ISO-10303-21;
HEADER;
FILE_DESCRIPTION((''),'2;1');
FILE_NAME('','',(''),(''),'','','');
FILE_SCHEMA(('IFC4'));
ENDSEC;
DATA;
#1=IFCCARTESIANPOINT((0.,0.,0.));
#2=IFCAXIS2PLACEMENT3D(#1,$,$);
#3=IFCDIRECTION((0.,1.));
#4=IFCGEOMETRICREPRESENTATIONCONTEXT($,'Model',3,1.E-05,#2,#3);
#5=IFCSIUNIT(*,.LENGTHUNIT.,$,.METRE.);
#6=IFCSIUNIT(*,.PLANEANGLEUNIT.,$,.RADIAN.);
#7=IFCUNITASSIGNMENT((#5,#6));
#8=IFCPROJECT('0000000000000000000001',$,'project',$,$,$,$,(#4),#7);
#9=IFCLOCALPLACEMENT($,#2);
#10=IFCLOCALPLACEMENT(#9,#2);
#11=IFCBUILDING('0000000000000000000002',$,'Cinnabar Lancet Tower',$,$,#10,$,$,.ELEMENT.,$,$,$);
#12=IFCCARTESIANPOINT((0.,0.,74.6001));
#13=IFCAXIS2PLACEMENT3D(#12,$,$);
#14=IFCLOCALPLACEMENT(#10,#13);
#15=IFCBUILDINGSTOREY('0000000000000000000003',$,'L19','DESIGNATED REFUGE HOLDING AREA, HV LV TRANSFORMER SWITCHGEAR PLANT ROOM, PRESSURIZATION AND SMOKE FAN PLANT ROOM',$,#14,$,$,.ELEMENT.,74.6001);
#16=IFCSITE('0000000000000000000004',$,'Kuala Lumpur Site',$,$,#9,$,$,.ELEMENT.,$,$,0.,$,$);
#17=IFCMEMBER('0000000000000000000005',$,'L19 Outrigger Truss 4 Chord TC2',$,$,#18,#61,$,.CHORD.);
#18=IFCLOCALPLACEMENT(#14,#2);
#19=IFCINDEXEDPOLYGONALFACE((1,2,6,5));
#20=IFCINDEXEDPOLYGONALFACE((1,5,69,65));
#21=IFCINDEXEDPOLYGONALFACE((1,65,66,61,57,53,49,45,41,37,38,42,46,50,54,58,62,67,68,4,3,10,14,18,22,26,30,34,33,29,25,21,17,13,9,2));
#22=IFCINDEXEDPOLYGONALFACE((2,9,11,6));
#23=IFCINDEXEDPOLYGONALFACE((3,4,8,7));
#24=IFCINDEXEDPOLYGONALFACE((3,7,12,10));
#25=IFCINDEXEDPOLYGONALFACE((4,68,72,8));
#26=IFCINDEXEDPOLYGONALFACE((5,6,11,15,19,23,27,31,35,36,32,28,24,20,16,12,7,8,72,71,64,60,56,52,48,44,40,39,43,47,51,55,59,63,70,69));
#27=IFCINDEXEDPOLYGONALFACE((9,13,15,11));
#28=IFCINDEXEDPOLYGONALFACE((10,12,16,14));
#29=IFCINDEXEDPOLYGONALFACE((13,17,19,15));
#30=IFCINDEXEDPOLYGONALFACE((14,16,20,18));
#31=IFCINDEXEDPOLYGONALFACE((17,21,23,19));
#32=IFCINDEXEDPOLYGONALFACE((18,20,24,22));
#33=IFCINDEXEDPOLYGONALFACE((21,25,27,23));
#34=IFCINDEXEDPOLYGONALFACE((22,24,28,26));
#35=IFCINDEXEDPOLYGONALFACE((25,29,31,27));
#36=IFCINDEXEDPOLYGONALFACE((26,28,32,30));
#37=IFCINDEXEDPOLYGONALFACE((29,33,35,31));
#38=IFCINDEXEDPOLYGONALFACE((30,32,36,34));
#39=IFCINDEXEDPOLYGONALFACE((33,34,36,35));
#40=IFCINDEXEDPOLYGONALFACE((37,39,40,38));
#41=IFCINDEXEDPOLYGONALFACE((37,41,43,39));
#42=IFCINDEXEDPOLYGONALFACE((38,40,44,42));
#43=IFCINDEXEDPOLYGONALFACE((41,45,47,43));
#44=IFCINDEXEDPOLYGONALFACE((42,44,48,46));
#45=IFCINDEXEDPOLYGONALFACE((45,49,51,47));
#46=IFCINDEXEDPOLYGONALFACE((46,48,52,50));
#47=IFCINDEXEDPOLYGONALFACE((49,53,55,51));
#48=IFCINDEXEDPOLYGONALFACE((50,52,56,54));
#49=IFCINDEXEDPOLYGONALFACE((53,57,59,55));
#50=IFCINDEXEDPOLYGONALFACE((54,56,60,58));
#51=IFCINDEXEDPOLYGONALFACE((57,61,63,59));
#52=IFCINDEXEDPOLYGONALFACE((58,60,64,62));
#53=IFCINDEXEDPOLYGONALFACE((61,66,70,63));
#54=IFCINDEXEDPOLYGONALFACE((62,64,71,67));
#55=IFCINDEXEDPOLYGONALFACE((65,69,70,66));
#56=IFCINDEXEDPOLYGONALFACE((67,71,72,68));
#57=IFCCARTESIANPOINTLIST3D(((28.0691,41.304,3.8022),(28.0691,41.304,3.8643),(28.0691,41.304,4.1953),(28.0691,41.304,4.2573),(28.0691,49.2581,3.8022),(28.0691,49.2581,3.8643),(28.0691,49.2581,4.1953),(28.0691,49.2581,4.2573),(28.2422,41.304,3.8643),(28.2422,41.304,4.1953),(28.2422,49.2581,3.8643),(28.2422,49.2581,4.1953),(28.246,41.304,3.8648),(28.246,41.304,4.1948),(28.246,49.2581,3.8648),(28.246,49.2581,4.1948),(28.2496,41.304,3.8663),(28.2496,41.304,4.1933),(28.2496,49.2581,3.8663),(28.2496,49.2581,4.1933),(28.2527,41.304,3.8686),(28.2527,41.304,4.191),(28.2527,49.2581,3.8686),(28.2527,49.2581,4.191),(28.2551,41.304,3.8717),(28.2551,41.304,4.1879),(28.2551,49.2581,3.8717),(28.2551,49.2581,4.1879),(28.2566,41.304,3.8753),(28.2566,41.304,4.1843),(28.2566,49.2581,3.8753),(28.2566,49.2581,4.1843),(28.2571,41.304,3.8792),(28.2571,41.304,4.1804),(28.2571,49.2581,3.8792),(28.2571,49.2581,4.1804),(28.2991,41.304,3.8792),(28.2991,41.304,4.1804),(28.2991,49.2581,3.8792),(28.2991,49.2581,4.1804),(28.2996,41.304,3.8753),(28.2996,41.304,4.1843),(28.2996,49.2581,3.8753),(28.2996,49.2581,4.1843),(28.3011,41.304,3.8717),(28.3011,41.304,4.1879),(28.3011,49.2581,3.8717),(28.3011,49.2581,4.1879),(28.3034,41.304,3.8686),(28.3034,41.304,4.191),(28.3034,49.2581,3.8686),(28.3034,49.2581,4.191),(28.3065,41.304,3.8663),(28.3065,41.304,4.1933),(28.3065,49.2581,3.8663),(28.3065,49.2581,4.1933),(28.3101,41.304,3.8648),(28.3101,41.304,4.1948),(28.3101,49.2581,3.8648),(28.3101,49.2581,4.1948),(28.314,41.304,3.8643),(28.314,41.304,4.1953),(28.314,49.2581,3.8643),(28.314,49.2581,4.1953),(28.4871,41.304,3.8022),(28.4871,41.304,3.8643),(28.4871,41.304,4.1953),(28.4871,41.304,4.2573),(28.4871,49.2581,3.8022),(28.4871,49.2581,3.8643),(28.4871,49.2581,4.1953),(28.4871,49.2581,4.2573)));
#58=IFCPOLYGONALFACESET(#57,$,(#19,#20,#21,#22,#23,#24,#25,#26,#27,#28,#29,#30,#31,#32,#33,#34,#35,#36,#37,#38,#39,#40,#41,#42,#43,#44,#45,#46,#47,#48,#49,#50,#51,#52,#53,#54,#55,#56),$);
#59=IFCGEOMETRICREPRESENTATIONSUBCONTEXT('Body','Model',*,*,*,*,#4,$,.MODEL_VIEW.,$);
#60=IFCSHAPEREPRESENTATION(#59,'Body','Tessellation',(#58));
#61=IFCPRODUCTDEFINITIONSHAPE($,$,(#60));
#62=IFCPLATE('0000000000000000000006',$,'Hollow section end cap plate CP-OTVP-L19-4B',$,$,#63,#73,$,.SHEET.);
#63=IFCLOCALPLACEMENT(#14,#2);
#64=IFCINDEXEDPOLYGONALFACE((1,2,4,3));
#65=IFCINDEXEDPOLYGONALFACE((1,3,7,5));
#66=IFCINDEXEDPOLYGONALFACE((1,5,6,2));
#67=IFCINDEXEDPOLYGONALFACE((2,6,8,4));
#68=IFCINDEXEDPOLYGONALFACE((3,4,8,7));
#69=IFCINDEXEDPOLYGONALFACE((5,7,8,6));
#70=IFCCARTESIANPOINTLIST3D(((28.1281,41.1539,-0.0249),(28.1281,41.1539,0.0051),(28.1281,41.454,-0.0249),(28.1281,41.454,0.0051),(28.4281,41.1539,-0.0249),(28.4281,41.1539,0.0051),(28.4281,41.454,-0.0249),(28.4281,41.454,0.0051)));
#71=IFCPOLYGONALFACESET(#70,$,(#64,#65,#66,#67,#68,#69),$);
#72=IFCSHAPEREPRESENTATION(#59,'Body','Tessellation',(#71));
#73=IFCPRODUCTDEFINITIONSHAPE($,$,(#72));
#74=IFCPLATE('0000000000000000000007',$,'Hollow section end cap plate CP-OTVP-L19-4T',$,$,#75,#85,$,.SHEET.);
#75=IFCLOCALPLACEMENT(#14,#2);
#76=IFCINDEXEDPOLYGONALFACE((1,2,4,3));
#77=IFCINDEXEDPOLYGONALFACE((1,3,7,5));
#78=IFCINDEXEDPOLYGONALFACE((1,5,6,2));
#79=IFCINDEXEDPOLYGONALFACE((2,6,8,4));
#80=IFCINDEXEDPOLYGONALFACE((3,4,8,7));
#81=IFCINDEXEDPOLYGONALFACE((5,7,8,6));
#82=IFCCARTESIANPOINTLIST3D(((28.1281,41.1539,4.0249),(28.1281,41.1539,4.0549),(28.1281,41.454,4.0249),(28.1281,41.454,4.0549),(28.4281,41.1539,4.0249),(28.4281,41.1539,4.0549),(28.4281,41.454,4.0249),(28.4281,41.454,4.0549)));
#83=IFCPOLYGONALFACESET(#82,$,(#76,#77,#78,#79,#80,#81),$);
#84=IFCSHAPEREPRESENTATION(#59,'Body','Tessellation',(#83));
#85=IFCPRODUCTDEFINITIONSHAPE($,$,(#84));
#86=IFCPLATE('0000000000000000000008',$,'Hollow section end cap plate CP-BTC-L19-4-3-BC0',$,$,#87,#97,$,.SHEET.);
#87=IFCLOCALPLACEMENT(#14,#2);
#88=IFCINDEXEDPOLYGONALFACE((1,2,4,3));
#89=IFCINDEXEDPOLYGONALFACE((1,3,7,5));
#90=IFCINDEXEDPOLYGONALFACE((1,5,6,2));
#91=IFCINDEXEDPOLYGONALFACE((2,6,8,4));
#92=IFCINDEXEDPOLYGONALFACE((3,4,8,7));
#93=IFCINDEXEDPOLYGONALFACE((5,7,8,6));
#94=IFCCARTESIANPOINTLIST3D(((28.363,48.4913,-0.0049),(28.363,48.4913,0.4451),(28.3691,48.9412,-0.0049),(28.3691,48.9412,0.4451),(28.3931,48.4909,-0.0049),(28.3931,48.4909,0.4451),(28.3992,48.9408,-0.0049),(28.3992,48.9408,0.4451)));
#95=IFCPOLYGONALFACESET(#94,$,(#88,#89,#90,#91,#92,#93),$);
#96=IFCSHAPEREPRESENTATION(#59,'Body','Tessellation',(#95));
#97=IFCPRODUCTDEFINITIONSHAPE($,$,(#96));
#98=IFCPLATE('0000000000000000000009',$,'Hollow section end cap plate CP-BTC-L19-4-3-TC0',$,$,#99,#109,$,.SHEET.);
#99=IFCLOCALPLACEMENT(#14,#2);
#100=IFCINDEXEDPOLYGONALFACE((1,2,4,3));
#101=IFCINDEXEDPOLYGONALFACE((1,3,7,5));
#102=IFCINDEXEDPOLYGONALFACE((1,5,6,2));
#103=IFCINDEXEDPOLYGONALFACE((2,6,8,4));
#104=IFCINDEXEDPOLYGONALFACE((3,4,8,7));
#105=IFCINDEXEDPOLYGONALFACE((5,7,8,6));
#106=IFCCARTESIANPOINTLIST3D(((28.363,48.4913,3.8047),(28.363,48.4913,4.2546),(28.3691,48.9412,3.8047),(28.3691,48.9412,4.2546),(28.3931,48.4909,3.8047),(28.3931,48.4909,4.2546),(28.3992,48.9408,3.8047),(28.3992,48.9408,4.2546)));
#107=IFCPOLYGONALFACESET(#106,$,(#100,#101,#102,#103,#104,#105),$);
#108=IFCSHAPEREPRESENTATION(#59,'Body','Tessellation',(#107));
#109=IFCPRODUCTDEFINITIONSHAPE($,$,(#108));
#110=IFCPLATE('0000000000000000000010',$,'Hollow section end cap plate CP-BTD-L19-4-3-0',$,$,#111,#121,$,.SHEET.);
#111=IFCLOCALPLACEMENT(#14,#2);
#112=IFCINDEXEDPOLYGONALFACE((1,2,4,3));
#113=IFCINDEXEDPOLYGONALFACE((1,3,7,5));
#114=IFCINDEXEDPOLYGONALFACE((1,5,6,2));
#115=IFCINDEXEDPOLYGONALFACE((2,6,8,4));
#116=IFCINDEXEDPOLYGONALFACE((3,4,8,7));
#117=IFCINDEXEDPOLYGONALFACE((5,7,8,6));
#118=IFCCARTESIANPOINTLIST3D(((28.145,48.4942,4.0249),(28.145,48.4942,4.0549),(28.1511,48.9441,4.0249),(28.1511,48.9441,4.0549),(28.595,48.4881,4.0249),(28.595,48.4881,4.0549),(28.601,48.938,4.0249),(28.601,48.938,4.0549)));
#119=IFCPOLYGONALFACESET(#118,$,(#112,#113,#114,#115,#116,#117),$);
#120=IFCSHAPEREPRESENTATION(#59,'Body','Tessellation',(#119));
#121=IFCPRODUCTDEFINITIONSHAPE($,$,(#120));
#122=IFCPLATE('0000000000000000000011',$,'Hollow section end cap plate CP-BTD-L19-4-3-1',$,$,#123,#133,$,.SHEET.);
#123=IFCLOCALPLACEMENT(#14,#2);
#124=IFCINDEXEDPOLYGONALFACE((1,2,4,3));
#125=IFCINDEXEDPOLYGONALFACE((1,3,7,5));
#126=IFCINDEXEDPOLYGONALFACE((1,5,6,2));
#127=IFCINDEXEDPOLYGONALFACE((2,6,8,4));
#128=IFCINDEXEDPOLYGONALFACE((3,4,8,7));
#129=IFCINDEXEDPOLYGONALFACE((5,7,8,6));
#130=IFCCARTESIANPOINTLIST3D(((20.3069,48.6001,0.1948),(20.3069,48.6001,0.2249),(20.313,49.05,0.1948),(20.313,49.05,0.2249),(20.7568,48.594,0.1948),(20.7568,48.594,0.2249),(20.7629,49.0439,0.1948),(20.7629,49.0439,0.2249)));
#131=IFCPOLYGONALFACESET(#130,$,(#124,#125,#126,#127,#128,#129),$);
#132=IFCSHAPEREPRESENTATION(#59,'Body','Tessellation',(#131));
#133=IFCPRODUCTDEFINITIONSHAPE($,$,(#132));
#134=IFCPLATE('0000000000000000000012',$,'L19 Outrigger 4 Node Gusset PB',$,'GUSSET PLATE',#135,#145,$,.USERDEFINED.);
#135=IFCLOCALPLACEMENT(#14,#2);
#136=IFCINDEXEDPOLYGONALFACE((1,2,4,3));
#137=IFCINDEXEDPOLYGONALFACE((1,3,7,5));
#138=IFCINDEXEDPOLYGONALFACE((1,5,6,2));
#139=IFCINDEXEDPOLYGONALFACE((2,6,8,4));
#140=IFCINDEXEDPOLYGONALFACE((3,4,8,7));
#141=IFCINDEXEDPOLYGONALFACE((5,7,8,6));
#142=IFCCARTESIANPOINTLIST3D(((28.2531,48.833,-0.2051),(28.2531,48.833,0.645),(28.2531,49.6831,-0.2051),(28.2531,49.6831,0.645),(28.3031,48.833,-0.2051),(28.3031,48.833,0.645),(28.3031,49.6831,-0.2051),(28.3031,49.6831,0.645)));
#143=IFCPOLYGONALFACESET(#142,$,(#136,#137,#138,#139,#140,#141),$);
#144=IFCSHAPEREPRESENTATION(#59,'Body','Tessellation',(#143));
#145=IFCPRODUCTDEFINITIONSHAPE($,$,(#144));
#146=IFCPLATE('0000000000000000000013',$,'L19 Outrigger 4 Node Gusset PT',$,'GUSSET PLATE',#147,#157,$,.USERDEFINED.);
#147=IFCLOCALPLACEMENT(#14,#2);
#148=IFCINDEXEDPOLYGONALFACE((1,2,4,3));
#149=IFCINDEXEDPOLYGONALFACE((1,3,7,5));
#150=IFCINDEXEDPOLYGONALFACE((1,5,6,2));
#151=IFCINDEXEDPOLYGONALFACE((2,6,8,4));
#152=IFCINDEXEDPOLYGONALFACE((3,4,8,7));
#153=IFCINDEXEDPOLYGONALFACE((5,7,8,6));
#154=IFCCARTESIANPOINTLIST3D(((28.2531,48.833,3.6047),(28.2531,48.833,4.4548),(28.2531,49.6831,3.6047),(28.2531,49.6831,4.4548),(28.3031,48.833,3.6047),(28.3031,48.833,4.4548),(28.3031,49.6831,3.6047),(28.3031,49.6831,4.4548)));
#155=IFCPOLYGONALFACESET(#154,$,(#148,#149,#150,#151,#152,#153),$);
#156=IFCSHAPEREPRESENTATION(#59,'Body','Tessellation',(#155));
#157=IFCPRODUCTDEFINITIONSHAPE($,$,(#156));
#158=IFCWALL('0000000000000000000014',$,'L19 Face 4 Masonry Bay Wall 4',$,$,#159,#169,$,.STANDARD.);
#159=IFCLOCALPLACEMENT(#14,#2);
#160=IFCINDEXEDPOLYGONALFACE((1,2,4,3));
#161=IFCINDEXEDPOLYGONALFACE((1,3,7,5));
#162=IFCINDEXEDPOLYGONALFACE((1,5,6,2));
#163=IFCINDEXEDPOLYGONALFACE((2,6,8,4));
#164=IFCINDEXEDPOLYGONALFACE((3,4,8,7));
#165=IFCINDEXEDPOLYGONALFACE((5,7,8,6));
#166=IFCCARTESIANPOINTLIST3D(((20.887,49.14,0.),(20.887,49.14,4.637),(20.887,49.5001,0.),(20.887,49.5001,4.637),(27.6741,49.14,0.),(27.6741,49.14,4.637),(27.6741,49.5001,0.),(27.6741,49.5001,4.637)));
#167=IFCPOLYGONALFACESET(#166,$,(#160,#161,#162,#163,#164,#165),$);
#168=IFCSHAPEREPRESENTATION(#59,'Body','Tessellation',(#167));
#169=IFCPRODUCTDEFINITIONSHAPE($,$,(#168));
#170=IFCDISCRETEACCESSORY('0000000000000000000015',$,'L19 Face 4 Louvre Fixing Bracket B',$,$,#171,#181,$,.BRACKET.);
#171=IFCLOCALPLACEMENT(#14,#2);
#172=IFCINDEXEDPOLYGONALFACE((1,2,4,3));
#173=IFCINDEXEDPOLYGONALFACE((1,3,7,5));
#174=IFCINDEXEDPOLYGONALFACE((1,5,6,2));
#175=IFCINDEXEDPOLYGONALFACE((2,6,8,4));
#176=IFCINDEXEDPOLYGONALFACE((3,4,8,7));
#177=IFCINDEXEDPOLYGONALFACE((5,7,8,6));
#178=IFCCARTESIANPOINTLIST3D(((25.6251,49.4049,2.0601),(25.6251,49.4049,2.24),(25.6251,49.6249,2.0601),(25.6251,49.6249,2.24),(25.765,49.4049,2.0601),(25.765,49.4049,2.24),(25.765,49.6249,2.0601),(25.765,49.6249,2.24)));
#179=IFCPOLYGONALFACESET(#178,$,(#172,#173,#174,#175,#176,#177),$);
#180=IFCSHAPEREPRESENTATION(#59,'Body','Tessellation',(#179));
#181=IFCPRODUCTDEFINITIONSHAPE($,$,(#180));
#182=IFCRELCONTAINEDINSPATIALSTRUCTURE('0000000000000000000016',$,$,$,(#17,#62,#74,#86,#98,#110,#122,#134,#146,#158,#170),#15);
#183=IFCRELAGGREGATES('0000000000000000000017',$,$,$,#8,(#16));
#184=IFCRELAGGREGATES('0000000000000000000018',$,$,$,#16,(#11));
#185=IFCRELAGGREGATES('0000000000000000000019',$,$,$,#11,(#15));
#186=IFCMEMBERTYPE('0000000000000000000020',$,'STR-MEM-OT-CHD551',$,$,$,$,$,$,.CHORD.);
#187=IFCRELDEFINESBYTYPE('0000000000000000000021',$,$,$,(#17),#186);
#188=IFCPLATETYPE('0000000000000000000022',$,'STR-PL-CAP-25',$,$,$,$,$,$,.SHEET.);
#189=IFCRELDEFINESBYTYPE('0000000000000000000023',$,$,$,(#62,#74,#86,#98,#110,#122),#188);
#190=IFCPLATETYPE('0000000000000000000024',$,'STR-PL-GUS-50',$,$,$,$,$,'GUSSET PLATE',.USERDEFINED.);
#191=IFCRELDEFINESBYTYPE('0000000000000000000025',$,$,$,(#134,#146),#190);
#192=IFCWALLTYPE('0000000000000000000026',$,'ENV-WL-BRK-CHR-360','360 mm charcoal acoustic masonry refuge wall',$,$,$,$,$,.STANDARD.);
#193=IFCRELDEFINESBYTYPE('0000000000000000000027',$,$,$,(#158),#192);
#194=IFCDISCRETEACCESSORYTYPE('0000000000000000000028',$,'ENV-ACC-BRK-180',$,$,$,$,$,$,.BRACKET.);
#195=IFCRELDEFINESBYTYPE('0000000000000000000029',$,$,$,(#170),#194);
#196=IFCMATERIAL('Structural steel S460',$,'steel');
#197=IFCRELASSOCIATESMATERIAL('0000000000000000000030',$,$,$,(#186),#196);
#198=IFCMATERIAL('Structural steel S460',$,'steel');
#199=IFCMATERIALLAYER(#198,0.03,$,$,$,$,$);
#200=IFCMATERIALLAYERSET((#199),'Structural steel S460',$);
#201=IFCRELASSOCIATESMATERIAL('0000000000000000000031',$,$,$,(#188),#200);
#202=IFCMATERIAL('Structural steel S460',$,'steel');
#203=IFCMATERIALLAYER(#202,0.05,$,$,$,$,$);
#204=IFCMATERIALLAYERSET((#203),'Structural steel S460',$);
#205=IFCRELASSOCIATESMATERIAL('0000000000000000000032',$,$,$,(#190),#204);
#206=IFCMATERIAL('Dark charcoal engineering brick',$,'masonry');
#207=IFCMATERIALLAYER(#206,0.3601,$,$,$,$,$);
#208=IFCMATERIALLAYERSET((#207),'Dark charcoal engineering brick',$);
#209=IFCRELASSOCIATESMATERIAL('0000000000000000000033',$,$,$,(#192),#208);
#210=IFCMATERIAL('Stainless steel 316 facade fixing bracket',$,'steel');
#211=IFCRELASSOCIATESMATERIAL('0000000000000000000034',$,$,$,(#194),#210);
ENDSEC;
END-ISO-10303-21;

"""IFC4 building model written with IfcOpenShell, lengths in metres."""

from ifc_helpers import new_model, si_unit, direction, frame, frame_2d, origin, origin_2d, place, context, subcontext, project, spatial, rectangle, i_section, extrude, material, layer, layer_set, material_profile, profile_set, type_object, element, save


model = new_model("IFC4")

# Units and contexts
model_context = context("Model", 3, precision=1e-05, world=origin(), true_north=direction((0.0, 1.0)))
body_context = subcontext(model_context, "Body", "Model", "MODEL_VIEW")
ifc_project = project(units=[si_unit("LENGTHUNIT", "METRE"), si_unit("PLANEANGLEUNIT", "RADIAN")], contexts=[model_context])

# Site, building, storey
site_placement = place(None, origin())
site = spatial("IfcSite", under=ifc_project, at=site_placement, Name="Kuala Lumpur Site", CompositionType="ELEMENT", RefElevation=0.0)
building_placement = place(site_placement, origin())
building = spatial("IfcBuilding", under=site, at=building_placement, Name="Cinnabar Lancet Tower", CompositionType="ELEMENT")
storey_placement = place(building_placement, frame((0.0, 0.0, 74.6001)))
storey = spatial("IfcBuildingStorey", under=building, at=storey_placement, Name="L19", Description="DESIGNATED REFUGE HOLDING AREA, HV LV TRANSFORMER SWITCHGEAR PLANT ROOM, PRESSURIZATION AND SMOKE FAN PLANT ROOM", CompositionType="ELEMENT", Elevation=74.6001)

# Member
ifc_material_1 = material(Name="Structural steel S460", Category="steel")
ifc_material_profile_1 = material_profile(ifc_material_1, i_section(OverallWidth=0.418, OverallDepth=0.4551, WebThickness=0.042, FlangeThickness=0.062, FilletRadius=0.0149, at=origin_2d()), Name="HD 400x551")
ifc_profile_set_1 = profile_set([ifc_material_profile_1], Name="Structural steel S460")
member_type_1 = type_object("IfcMemberType", Name="STR-MEM-OT-CHD551", PredefinedType="CHORD", material=ifc_profile_set_1)
member_1_placement = place(storey_placement, frame((28.2781, 41.304, 4.0298), z_axis=(0.0, 1.0, 0.0), x_axis=(-1.0, 0.0, 0.0)))
element("IfcMember", 1, at=member_1_placement, inside=storey, type_object=member_type_1, Name="L19 Outrigger Truss 4 Chord TC2", PredefinedType="CHORD", context=body_context, shape_type="SweptSolid", body=[
    extrude(i_section(OverallWidth=0.418, OverallDepth=0.4551, WebThickness=0.042, FlangeThickness=0.062, FilletRadius=0.0149, at=origin_2d()), origin(), (0.0, 0.0, 1.0), 7.9541),
])

# Plates
ifc_material_2 = material(Name="Structural steel S460", Category="steel")
ifc_layer_1 = layer(ifc_material_2, 0.03)
ifc_layer_set_1 = layer_set([ifc_layer_1], Name="Structural steel S460")
plate_type_1 = type_object("IfcPlateType", Name="STR-PL-CAP-25", PredefinedType="SHEET", material=ifc_layer_set_1)
for number, where, z_axis, x_axis, name in (
    (2, (28.2781, 41.304, -0.0249), (0.0, 0.0, 1.0), (1.0, 0.0, 0.0), "Hollow section end cap plate CP-OTVP-L19-4B"),
    (3, (28.2781, 41.304, 4.0249), (0.0, 0.0, 1.0), (1.0, 0.0, 0.0), "Hollow section end cap plate CP-OTVP-L19-4T"),
):
    element("IfcPlate", number, at=place(storey_placement, frame(where, z_axis=z_axis, x_axis=x_axis)), inside=storey, type_object=plate_type_1, Name=name, PredefinedType="SHEET", context=body_context, shape_type="SweptSolid", body=[
        extrude(rectangle(XDim=0.3, YDim=0.3, at=origin_2d()), origin(), (0.0, 0.0, 1.0), 0.03),
    ])
for number, where, z_axis, x_axis, name in (
    (4, (28.3811, 48.7161, -0.0049), (0.0, 0.0, 1.0), (0.999909, -0.013526, 0.0), "Hollow section end cap plate CP-BTC-L19-4-3-BC0"),
    (5, (28.3811, 48.7161, 3.8047), (0.0, 0.0, 1.0), (0.999909, -0.013526, 0.0), "Hollow section end cap plate CP-BTC-L19-4-3-TC0"),
):
    element("IfcPlate", number, at=place(storey_placement, frame(where, z_axis=z_axis, x_axis=x_axis)), inside=storey, type_object=plate_type_1, Name=name, PredefinedType="SHEET", context=body_context, shape_type="SweptSolid", body=[
        extrude(rectangle(XDim=0.03, YDim=0.45, at=origin_2d()), origin(), (0.0, 0.0, 1.0), 0.45),
    ])
for number, where, z_axis, x_axis, name in (
    (6, (28.373, 48.7161, 4.0249), (0.0, 0.0, 1.0), (0.999909, -0.013526, 0.0), "Hollow section end cap plate CP-BTD-L19-4-3-0"),
    (7, (20.5349, 48.822, 0.1948), (0.0, 0.0, 1.0), (-0.999909, 0.013526, 0.0), "Hollow section end cap plate CP-BTD-L19-4-3-1"),
):
    element("IfcPlate", number, at=place(storey_placement, frame(where, z_axis=z_axis, x_axis=x_axis)), inside=storey, type_object=plate_type_1, Name=name, PredefinedType="SHEET", context=body_context, shape_type="SweptSolid", body=[
        extrude(rectangle(XDim=0.45, YDim=0.45, at=origin_2d()), origin(), (0.0, 0.0, 1.0), 0.03),
    ])
ifc_material_3 = material(Name="Structural steel S460", Category="steel")
ifc_layer_2 = layer(ifc_material_3, 0.05)
ifc_layer_set_2 = layer_set([ifc_layer_2], Name="Structural steel S460")
plate_type_2 = type_object("IfcPlateType", Name="STR-PL-GUS-50", ElementType="GUSSET PLATE", PredefinedType="USERDEFINED", material=ifc_layer_set_2)
for number, where, z_axis, x_axis, name in (
    (8, (28.2781, 49.2581, -0.2051), (0.0, 0.0, 1.0), (1.0, 0.0, 0.0), "L19 Outrigger 4 Node Gusset PB"),
    (9, (28.2781, 49.2581, 3.6047), (0.0, 0.0, 1.0), (1.0, 0.0, 0.0), "L19 Outrigger 4 Node Gusset PT"),
):
    element("IfcPlate", number, at=place(storey_placement, frame(where, z_axis=z_axis, x_axis=x_axis)), inside=storey, type_object=plate_type_2, Name=name, ObjectType="GUSSET PLATE", PredefinedType="USERDEFINED", context=body_context, shape_type="SweptSolid", body=[
        extrude(rectangle(XDim=0.05, YDim=0.8501, at=origin_2d()), origin(), (0.0, 0.0, 1.0), 0.8501),
    ])

# Wall
ifc_material_4 = material(Name="Dark charcoal engineering brick", Category="masonry")
ifc_layer_3 = layer(ifc_material_4, 0.3601)
ifc_layer_set_3 = layer_set([ifc_layer_3], Name="Dark charcoal engineering brick")
wall_type = type_object("IfcWallType", Name="ENV-WL-BRK-CHR-360", Description="360 mm charcoal acoustic masonry refuge wall", PredefinedType="STANDARD", material=ifc_layer_set_3)
wall_placement = place(storey_placement, frame((27.6741, 49.3201, 0.0), z_axis=(0.0, 0.0, 1.0), x_axis=(-1.0, 0.0, 0.0)))
element("IfcWall", 10, at=wall_placement, inside=storey, type_object=wall_type, Name="L19 Face 4 Masonry Bay Wall 4", PredefinedType="STANDARD", context=body_context, shape_type="SweptSolid", body=[
    extrude(rectangle(XDim=6.7871, YDim=0.3601, at=frame_2d((3.3936, 0.0))), origin(), (0.0, 0.0, 1.0), 4.637),
])

# Discrete accessory
ifc_material_5 = material(Name="Stainless steel 316 facade fixing bracket", Category="steel")
discrete_accessory_type = type_object("IfcDiscreteAccessoryType", Name="ENV-ACC-BRK-180", PredefinedType="BRACKET", material=ifc_material_5)
discrete_accessory_placement = place(storey_placement, frame((25.6951, 49.5149, 2.0601), z_axis=(0.0, 0.0, 1.0), x_axis=(-1.0, 0.0, 0.0)))
element("IfcDiscreteAccessory", 11, at=discrete_accessory_placement, inside=storey, type_object=discrete_accessory_type, Name="L19 Face 4 Louvre Fixing Bracket B", PredefinedType="BRACKET", context=body_context, shape_type="SweptSolid", body=[
    extrude(rectangle(XDim=0.1399, YDim=0.22, at=origin_2d()), origin(), (0.0, 0.0, 1.0), 0.1799),
])

save(model, "model.ifc")
